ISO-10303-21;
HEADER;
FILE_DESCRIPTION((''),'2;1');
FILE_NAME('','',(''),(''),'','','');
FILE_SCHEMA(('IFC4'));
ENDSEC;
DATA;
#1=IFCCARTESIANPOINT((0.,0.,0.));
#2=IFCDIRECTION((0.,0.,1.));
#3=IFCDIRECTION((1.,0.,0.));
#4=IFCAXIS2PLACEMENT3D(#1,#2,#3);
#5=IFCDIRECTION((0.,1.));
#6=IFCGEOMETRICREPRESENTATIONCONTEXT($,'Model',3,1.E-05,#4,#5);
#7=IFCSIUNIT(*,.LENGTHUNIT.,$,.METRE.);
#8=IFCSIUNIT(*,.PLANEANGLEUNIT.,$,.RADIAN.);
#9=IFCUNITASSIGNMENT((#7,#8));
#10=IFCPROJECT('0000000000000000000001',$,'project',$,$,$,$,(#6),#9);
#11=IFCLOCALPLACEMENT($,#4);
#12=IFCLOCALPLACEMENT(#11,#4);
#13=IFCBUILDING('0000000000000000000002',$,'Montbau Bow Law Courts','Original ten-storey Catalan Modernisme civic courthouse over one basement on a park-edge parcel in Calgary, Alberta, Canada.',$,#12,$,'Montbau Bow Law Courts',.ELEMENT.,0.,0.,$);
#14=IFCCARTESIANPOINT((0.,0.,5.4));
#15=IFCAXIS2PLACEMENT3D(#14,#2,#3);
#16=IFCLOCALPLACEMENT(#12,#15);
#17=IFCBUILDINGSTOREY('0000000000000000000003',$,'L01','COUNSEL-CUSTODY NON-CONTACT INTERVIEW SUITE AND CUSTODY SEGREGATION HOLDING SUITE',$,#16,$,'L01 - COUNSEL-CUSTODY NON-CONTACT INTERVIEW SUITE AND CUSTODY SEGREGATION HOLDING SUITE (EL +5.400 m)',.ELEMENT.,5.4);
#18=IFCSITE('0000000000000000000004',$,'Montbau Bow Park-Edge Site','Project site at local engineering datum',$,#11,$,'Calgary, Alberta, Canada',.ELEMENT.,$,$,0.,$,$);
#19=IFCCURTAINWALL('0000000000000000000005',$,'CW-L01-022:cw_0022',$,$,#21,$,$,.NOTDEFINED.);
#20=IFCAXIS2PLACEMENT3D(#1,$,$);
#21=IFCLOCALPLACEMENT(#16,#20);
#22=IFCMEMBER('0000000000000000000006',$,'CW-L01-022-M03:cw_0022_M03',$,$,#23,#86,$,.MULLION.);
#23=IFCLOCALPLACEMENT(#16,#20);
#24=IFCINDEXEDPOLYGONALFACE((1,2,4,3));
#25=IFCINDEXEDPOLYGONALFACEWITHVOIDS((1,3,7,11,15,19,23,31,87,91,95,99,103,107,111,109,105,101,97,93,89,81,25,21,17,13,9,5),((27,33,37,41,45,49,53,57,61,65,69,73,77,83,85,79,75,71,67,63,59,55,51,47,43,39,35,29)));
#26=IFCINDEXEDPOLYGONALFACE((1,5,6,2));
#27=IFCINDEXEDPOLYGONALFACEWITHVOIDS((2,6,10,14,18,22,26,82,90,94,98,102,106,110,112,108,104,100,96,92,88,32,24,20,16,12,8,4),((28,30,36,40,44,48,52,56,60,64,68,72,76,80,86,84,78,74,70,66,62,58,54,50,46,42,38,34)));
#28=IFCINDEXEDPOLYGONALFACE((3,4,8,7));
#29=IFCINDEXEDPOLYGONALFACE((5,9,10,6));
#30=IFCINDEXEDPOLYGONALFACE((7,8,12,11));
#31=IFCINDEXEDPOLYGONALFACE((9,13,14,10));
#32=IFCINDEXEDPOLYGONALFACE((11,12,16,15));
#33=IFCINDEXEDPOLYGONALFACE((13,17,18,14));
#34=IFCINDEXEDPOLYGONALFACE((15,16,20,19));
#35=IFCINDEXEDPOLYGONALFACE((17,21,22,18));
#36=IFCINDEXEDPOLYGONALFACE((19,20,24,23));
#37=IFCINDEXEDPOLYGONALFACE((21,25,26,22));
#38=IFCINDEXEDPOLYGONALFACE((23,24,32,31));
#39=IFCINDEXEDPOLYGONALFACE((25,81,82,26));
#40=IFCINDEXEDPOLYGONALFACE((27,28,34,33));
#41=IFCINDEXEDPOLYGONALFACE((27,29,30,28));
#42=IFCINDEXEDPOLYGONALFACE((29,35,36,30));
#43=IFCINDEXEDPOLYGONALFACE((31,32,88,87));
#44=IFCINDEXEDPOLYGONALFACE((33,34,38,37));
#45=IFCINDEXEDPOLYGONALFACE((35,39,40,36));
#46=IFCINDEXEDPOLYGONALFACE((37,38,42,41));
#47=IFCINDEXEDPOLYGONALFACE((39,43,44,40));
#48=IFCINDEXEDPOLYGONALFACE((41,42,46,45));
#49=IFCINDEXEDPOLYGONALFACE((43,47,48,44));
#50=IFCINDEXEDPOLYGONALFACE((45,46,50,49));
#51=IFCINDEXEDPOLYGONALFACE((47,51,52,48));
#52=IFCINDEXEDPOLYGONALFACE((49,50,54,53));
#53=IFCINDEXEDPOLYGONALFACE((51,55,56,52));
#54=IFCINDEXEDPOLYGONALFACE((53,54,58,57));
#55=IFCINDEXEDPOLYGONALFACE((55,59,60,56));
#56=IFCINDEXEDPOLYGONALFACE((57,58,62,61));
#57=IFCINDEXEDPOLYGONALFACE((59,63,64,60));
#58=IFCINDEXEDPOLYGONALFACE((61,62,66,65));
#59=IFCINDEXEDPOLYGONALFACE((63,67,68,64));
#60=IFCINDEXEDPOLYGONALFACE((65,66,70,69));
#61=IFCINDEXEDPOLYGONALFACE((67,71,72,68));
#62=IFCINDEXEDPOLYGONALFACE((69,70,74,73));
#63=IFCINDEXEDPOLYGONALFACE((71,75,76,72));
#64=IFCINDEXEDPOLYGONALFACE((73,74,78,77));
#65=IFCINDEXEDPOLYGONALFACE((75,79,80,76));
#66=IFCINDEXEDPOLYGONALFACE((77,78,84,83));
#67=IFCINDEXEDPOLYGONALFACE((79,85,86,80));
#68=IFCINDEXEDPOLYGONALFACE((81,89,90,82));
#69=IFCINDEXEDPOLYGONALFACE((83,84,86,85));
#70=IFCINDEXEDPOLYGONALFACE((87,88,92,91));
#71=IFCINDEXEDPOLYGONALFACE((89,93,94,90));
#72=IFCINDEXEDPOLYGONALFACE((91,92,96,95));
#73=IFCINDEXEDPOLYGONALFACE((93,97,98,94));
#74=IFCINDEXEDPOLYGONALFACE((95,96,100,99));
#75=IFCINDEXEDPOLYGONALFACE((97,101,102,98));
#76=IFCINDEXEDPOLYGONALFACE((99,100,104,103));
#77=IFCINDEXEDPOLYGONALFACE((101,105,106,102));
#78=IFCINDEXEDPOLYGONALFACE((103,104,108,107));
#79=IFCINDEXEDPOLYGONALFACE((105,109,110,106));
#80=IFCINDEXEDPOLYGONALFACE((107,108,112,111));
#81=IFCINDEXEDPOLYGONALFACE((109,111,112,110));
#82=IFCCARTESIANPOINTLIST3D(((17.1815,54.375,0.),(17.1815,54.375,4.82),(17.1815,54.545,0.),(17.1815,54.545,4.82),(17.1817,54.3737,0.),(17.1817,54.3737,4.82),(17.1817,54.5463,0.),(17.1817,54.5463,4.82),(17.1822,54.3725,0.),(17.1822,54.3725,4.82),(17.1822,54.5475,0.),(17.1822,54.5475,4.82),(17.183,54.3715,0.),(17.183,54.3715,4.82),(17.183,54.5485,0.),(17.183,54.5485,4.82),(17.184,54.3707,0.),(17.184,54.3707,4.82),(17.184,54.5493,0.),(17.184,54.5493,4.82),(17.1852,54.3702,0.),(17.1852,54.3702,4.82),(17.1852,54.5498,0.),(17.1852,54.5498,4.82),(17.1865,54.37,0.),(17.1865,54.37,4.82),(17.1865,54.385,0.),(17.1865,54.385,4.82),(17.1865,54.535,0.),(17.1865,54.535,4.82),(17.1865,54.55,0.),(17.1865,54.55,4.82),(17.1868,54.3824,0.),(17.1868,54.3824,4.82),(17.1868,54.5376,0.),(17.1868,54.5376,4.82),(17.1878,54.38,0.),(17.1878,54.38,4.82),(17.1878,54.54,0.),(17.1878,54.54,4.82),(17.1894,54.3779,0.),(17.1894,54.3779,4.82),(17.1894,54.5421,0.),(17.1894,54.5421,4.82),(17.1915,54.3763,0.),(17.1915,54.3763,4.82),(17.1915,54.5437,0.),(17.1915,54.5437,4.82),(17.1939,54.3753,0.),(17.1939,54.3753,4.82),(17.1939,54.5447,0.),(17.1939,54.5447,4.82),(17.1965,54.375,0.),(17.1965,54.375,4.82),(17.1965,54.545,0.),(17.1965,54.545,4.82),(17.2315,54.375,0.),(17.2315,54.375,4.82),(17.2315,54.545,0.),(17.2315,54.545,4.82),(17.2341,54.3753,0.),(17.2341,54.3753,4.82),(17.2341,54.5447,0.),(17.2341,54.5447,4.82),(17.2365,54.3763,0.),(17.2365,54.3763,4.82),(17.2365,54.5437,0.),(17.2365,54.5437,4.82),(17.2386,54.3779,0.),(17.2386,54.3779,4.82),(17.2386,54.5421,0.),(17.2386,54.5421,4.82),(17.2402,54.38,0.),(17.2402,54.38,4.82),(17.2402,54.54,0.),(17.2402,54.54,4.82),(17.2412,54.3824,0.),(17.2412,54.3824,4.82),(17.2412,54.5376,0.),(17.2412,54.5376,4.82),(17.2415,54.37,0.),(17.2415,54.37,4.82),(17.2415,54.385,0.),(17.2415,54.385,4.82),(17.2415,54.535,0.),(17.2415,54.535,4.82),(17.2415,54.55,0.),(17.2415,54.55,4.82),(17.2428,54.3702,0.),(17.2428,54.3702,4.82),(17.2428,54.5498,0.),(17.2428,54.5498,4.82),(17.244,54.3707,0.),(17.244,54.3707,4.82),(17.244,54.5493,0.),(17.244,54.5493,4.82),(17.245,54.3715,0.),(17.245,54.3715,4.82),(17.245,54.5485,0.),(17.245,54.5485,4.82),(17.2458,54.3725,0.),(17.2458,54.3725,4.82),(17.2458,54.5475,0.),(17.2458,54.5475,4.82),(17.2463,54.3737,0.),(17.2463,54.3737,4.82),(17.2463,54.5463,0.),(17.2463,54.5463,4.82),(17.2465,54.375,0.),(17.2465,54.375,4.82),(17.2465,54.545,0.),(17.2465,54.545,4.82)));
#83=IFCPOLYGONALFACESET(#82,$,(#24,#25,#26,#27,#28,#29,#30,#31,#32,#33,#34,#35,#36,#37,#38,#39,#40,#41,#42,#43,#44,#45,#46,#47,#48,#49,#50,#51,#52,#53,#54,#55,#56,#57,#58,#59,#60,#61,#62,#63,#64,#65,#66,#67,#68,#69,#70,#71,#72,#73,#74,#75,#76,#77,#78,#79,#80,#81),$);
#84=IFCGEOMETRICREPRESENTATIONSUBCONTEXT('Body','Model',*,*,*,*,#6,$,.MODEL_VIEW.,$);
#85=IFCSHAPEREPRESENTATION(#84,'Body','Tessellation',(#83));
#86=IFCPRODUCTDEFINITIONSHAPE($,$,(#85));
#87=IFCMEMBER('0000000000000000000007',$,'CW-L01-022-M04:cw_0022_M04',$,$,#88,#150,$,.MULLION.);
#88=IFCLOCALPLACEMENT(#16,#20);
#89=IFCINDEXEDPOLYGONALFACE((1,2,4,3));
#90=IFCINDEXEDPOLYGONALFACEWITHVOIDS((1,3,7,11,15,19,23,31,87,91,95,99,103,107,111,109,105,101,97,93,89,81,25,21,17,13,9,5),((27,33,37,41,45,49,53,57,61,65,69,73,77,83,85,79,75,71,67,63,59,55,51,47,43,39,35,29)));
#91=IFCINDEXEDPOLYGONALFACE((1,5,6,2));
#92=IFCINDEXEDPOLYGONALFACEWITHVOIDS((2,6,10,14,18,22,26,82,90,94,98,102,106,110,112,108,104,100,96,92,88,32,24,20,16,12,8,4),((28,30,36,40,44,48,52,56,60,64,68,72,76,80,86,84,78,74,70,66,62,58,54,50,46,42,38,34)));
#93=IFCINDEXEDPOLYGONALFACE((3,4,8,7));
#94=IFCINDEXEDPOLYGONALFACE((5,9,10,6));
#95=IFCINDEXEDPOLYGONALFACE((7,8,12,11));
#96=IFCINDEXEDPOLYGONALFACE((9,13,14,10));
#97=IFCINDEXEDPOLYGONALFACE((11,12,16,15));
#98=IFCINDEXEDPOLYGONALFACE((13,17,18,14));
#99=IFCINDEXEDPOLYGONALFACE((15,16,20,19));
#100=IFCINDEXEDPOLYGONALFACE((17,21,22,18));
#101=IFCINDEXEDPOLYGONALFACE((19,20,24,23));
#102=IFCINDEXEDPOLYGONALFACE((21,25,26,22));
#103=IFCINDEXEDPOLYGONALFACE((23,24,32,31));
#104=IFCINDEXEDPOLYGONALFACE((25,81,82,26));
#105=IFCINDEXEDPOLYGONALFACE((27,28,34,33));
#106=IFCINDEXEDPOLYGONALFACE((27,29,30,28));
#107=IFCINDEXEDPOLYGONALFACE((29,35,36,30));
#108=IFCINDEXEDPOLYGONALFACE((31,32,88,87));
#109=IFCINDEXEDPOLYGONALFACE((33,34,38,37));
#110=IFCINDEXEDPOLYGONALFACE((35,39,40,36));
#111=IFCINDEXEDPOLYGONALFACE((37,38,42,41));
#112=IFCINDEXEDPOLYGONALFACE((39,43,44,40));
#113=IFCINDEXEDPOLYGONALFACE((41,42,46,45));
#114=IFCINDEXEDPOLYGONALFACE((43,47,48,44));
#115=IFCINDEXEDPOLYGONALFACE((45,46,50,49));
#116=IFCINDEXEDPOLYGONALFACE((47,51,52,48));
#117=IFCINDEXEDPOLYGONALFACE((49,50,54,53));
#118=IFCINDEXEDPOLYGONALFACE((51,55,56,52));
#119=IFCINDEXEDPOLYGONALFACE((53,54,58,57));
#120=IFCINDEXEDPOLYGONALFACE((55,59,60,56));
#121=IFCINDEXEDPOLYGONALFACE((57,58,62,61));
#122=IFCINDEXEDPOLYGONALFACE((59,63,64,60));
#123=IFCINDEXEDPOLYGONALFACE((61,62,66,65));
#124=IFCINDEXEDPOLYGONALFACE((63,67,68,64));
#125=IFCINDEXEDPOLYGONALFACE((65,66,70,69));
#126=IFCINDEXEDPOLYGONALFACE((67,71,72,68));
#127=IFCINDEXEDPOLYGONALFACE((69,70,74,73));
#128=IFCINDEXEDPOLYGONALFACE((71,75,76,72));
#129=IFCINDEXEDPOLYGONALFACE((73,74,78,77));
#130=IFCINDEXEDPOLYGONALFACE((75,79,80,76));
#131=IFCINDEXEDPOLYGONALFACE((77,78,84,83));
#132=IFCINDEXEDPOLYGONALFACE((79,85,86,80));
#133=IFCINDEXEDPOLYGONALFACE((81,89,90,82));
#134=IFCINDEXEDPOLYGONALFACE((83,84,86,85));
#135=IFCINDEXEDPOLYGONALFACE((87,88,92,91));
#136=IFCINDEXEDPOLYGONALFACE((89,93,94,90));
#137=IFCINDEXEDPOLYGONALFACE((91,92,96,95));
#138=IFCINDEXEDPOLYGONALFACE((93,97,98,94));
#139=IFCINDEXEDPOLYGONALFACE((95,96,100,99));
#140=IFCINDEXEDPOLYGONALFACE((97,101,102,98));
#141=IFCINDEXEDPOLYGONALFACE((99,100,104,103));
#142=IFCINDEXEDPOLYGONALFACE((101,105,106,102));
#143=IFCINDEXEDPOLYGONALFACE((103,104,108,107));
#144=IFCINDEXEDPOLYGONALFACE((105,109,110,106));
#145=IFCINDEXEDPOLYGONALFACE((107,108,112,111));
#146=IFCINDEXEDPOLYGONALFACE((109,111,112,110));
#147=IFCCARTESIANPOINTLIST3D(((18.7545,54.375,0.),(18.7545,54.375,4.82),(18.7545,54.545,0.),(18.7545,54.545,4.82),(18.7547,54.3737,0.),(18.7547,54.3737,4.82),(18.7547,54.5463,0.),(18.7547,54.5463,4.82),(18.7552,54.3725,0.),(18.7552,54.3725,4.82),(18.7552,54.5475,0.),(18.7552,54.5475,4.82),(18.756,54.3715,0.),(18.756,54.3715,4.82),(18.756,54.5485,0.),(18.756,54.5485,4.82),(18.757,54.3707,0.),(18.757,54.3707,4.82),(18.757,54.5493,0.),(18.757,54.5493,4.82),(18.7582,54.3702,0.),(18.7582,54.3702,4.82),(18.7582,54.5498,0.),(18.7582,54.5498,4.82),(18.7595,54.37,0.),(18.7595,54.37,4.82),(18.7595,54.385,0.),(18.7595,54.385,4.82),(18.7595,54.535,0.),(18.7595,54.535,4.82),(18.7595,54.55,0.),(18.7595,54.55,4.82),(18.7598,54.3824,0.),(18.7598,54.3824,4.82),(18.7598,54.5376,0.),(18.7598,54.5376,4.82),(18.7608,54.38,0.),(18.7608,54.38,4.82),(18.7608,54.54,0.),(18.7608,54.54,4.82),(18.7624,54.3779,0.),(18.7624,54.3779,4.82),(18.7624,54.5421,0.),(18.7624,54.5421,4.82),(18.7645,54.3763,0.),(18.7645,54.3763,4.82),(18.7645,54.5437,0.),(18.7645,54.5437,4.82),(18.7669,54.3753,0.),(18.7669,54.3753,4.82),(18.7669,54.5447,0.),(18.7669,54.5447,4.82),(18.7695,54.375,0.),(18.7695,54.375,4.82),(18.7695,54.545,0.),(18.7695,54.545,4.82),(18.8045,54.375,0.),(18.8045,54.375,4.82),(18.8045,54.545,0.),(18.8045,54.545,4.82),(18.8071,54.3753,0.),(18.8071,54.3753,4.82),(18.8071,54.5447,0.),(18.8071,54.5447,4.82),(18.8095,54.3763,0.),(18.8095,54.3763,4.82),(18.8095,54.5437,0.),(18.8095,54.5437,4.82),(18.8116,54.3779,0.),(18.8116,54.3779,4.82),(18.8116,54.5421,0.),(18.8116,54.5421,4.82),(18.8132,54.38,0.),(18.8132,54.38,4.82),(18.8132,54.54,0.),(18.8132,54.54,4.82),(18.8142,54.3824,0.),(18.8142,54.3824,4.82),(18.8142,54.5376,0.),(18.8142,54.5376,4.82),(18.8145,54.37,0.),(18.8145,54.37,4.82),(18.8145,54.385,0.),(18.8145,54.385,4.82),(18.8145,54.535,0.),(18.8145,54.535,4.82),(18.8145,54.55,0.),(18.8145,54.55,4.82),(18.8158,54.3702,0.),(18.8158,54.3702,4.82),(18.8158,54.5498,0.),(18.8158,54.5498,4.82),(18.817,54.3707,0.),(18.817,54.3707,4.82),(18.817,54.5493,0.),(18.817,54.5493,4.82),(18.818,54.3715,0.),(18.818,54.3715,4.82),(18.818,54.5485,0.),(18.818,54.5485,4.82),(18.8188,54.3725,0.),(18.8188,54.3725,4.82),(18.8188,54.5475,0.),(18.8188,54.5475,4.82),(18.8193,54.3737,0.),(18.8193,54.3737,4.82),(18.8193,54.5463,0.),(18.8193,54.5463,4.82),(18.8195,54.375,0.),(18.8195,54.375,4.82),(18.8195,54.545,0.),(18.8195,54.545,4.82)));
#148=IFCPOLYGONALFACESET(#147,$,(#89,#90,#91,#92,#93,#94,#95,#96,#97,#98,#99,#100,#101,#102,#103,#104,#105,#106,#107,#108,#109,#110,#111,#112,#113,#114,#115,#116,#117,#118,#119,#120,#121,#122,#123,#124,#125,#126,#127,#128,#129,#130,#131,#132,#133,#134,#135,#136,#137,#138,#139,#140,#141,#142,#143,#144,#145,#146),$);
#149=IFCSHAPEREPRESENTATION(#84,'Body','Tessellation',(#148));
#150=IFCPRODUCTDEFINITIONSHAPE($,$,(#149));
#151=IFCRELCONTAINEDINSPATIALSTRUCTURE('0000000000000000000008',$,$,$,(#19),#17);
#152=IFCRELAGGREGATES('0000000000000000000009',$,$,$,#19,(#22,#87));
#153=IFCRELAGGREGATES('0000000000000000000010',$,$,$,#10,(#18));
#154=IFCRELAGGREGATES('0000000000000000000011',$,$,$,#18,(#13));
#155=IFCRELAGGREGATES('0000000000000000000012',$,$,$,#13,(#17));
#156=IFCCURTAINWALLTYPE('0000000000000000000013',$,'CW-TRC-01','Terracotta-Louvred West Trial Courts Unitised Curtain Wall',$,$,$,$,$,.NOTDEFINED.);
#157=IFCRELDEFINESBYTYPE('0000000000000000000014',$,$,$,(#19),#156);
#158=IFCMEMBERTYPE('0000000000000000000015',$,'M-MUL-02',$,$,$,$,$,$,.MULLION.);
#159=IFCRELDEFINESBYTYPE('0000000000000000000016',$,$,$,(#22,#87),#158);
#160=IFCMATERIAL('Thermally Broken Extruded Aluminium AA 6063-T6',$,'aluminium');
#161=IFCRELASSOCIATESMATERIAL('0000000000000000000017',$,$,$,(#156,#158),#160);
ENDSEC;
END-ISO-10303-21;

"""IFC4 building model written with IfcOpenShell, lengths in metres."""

from ifc_helpers import new_model, si_unit, direction, frame, origin_with_axes, origin_2d_with_axis, place, context, subcontext, project, spatial, hollow_rectangle, extrude, material, material_profile, profile_set, type_object, element, aggregate, save


model = new_model("IFC4")

# Units and contexts
model_context = context("Model", 3, precision=1e-05, world=origin_with_axes(), true_north=direction((0.0, 1.0)))
body_context = subcontext(model_context, "Body", "Model", "MODEL_VIEW")
ifc_project = project(units=[si_unit("LENGTHUNIT", "METRE"), si_unit("PLANEANGLEUNIT", "RADIAN")], contexts=[model_context])

# Site, building, storey
site_placement = place(None, origin_with_axes())
site = spatial("IfcSite", under=ifc_project, at=site_placement, Name="Montbau Bow Park-Edge Site", Description="Project site at local engineering datum", LongName="Calgary, Alberta, Canada", CompositionType="ELEMENT", RefElevation=0.0)
building_placement = place(site_placement, origin_with_axes())
building = spatial("IfcBuilding", under=site, at=building_placement, Name="Montbau Bow Law Courts", Description="Original ten-storey Catalan Modernisme civic courthouse over one basement on a park-edge parcel in Calgary, Alberta, Canada.", LongName="Montbau Bow Law Courts", CompositionType="ELEMENT", ElevationOfRefHeight=0.0, ElevationOfTerrain=0.0)
storey_placement = place(building_placement, frame((0.0, 0.0, 5.4), z_axis=(0.0, 0.0, 1.0), x_axis=(1.0, 0.0, 0.0)))
storey = spatial("IfcBuildingStorey", under=building, at=storey_placement, Name="L01", Description="COUNSEL-CUSTODY NON-CONTACT INTERVIEW SUITE AND CUSTODY SEGREGATION HOLDING SUITE", LongName="L01 - COUNSEL-CUSTODY NON-CONTACT INTERVIEW SUITE AND CUSTODY SEGREGATION HOLDING SUITE (EL +5.400 m)", CompositionType="ELEMENT", Elevation=5.4)

# Curtain wall, members
ifc_material_1 = material(Name="Thermally Broken Extruded Aluminium AA 6063-T6", Category="aluminium")
curtain_wall_type = type_object("IfcCurtainWallType", Name="CW-TRC-01", Description="Terracotta-Louvred West Trial Courts Unitised Curtain Wall", PredefinedType="NOTDEFINED", material=ifc_material_1)
curtain_wall_placement = place(None, frame((14.068, 54.46, 5.4), z_axis=(0.0, 0.0, 1.0), x_axis=(1.0, 0.0, 0.0)))
curtain_wall = element("IfcCurtainWall", 1, at=curtain_wall_placement, inside=storey, type_object=curtain_wall_type, Name="CW-L01-022:cw_0022", PredefinedType="NOTDEFINED")
ifc_material_profile_1 = material_profile(ifc_material_1, hollow_rectangle(XDim=0.065, YDim=0.18, WallThickness=0.005, InnerFilletRadius=0.01, OuterFilletRadius=0.005, at=origin_2d_with_axis()), Name="CWM-180X65", Category="Main", Priority=0)
ifc_profile_set_1 = profile_set([ifc_material_profile_1], Name="Thermally Broken Extruded Aluminium AA 6063-T6")
member_type_1 = type_object("IfcMemberType", Name="M-MUL-02", PredefinedType="MULLION", material=ifc_profile_set_1)
member_1_placement = place(None, frame((17.214, 54.46, 5.4), z_axis=(0.0, 0.0, 1.0), x_axis=(1.0, 0.0, 0.0)))
member_1 = element("IfcMember", 2, at=member_1_placement, type_object=member_type_1, Name="CW-L01-022-M03:cw_0022_M03", PredefinedType="MULLION", context=body_context, shape_type="SweptSolid", body=[
    extrude(hollow_rectangle(XDim=0.065, YDim=0.18, WallThickness=0.005, InnerFilletRadius=0.01, OuterFilletRadius=0.005, at=origin_2d_with_axis()), origin_with_axes(), (0.0, 0.0, 1.0), 4.82),
])
member_2_placement = place(None, frame((18.787, 54.46, 5.4), z_axis=(0.0, 0.0, 1.0), x_axis=(1.0, 0.0, 0.0)))
member_2 = element("IfcMember", 3, at=member_2_placement, type_object=member_type_1, Name="CW-L01-022-M04:cw_0022_M04", PredefinedType="MULLION", context=body_context, shape_type="SweptSolid", body=[
    extrude(hollow_rectangle(XDim=0.065, YDim=0.18, WallThickness=0.005, InnerFilletRadius=0.01, OuterFilletRadius=0.005, at=origin_2d_with_axis()), origin_with_axes(), (0.0, 0.0, 1.0), 4.82),
])
aggregate(curtain_wall, [member_1, member_2])

save(model, "model.ifc")
